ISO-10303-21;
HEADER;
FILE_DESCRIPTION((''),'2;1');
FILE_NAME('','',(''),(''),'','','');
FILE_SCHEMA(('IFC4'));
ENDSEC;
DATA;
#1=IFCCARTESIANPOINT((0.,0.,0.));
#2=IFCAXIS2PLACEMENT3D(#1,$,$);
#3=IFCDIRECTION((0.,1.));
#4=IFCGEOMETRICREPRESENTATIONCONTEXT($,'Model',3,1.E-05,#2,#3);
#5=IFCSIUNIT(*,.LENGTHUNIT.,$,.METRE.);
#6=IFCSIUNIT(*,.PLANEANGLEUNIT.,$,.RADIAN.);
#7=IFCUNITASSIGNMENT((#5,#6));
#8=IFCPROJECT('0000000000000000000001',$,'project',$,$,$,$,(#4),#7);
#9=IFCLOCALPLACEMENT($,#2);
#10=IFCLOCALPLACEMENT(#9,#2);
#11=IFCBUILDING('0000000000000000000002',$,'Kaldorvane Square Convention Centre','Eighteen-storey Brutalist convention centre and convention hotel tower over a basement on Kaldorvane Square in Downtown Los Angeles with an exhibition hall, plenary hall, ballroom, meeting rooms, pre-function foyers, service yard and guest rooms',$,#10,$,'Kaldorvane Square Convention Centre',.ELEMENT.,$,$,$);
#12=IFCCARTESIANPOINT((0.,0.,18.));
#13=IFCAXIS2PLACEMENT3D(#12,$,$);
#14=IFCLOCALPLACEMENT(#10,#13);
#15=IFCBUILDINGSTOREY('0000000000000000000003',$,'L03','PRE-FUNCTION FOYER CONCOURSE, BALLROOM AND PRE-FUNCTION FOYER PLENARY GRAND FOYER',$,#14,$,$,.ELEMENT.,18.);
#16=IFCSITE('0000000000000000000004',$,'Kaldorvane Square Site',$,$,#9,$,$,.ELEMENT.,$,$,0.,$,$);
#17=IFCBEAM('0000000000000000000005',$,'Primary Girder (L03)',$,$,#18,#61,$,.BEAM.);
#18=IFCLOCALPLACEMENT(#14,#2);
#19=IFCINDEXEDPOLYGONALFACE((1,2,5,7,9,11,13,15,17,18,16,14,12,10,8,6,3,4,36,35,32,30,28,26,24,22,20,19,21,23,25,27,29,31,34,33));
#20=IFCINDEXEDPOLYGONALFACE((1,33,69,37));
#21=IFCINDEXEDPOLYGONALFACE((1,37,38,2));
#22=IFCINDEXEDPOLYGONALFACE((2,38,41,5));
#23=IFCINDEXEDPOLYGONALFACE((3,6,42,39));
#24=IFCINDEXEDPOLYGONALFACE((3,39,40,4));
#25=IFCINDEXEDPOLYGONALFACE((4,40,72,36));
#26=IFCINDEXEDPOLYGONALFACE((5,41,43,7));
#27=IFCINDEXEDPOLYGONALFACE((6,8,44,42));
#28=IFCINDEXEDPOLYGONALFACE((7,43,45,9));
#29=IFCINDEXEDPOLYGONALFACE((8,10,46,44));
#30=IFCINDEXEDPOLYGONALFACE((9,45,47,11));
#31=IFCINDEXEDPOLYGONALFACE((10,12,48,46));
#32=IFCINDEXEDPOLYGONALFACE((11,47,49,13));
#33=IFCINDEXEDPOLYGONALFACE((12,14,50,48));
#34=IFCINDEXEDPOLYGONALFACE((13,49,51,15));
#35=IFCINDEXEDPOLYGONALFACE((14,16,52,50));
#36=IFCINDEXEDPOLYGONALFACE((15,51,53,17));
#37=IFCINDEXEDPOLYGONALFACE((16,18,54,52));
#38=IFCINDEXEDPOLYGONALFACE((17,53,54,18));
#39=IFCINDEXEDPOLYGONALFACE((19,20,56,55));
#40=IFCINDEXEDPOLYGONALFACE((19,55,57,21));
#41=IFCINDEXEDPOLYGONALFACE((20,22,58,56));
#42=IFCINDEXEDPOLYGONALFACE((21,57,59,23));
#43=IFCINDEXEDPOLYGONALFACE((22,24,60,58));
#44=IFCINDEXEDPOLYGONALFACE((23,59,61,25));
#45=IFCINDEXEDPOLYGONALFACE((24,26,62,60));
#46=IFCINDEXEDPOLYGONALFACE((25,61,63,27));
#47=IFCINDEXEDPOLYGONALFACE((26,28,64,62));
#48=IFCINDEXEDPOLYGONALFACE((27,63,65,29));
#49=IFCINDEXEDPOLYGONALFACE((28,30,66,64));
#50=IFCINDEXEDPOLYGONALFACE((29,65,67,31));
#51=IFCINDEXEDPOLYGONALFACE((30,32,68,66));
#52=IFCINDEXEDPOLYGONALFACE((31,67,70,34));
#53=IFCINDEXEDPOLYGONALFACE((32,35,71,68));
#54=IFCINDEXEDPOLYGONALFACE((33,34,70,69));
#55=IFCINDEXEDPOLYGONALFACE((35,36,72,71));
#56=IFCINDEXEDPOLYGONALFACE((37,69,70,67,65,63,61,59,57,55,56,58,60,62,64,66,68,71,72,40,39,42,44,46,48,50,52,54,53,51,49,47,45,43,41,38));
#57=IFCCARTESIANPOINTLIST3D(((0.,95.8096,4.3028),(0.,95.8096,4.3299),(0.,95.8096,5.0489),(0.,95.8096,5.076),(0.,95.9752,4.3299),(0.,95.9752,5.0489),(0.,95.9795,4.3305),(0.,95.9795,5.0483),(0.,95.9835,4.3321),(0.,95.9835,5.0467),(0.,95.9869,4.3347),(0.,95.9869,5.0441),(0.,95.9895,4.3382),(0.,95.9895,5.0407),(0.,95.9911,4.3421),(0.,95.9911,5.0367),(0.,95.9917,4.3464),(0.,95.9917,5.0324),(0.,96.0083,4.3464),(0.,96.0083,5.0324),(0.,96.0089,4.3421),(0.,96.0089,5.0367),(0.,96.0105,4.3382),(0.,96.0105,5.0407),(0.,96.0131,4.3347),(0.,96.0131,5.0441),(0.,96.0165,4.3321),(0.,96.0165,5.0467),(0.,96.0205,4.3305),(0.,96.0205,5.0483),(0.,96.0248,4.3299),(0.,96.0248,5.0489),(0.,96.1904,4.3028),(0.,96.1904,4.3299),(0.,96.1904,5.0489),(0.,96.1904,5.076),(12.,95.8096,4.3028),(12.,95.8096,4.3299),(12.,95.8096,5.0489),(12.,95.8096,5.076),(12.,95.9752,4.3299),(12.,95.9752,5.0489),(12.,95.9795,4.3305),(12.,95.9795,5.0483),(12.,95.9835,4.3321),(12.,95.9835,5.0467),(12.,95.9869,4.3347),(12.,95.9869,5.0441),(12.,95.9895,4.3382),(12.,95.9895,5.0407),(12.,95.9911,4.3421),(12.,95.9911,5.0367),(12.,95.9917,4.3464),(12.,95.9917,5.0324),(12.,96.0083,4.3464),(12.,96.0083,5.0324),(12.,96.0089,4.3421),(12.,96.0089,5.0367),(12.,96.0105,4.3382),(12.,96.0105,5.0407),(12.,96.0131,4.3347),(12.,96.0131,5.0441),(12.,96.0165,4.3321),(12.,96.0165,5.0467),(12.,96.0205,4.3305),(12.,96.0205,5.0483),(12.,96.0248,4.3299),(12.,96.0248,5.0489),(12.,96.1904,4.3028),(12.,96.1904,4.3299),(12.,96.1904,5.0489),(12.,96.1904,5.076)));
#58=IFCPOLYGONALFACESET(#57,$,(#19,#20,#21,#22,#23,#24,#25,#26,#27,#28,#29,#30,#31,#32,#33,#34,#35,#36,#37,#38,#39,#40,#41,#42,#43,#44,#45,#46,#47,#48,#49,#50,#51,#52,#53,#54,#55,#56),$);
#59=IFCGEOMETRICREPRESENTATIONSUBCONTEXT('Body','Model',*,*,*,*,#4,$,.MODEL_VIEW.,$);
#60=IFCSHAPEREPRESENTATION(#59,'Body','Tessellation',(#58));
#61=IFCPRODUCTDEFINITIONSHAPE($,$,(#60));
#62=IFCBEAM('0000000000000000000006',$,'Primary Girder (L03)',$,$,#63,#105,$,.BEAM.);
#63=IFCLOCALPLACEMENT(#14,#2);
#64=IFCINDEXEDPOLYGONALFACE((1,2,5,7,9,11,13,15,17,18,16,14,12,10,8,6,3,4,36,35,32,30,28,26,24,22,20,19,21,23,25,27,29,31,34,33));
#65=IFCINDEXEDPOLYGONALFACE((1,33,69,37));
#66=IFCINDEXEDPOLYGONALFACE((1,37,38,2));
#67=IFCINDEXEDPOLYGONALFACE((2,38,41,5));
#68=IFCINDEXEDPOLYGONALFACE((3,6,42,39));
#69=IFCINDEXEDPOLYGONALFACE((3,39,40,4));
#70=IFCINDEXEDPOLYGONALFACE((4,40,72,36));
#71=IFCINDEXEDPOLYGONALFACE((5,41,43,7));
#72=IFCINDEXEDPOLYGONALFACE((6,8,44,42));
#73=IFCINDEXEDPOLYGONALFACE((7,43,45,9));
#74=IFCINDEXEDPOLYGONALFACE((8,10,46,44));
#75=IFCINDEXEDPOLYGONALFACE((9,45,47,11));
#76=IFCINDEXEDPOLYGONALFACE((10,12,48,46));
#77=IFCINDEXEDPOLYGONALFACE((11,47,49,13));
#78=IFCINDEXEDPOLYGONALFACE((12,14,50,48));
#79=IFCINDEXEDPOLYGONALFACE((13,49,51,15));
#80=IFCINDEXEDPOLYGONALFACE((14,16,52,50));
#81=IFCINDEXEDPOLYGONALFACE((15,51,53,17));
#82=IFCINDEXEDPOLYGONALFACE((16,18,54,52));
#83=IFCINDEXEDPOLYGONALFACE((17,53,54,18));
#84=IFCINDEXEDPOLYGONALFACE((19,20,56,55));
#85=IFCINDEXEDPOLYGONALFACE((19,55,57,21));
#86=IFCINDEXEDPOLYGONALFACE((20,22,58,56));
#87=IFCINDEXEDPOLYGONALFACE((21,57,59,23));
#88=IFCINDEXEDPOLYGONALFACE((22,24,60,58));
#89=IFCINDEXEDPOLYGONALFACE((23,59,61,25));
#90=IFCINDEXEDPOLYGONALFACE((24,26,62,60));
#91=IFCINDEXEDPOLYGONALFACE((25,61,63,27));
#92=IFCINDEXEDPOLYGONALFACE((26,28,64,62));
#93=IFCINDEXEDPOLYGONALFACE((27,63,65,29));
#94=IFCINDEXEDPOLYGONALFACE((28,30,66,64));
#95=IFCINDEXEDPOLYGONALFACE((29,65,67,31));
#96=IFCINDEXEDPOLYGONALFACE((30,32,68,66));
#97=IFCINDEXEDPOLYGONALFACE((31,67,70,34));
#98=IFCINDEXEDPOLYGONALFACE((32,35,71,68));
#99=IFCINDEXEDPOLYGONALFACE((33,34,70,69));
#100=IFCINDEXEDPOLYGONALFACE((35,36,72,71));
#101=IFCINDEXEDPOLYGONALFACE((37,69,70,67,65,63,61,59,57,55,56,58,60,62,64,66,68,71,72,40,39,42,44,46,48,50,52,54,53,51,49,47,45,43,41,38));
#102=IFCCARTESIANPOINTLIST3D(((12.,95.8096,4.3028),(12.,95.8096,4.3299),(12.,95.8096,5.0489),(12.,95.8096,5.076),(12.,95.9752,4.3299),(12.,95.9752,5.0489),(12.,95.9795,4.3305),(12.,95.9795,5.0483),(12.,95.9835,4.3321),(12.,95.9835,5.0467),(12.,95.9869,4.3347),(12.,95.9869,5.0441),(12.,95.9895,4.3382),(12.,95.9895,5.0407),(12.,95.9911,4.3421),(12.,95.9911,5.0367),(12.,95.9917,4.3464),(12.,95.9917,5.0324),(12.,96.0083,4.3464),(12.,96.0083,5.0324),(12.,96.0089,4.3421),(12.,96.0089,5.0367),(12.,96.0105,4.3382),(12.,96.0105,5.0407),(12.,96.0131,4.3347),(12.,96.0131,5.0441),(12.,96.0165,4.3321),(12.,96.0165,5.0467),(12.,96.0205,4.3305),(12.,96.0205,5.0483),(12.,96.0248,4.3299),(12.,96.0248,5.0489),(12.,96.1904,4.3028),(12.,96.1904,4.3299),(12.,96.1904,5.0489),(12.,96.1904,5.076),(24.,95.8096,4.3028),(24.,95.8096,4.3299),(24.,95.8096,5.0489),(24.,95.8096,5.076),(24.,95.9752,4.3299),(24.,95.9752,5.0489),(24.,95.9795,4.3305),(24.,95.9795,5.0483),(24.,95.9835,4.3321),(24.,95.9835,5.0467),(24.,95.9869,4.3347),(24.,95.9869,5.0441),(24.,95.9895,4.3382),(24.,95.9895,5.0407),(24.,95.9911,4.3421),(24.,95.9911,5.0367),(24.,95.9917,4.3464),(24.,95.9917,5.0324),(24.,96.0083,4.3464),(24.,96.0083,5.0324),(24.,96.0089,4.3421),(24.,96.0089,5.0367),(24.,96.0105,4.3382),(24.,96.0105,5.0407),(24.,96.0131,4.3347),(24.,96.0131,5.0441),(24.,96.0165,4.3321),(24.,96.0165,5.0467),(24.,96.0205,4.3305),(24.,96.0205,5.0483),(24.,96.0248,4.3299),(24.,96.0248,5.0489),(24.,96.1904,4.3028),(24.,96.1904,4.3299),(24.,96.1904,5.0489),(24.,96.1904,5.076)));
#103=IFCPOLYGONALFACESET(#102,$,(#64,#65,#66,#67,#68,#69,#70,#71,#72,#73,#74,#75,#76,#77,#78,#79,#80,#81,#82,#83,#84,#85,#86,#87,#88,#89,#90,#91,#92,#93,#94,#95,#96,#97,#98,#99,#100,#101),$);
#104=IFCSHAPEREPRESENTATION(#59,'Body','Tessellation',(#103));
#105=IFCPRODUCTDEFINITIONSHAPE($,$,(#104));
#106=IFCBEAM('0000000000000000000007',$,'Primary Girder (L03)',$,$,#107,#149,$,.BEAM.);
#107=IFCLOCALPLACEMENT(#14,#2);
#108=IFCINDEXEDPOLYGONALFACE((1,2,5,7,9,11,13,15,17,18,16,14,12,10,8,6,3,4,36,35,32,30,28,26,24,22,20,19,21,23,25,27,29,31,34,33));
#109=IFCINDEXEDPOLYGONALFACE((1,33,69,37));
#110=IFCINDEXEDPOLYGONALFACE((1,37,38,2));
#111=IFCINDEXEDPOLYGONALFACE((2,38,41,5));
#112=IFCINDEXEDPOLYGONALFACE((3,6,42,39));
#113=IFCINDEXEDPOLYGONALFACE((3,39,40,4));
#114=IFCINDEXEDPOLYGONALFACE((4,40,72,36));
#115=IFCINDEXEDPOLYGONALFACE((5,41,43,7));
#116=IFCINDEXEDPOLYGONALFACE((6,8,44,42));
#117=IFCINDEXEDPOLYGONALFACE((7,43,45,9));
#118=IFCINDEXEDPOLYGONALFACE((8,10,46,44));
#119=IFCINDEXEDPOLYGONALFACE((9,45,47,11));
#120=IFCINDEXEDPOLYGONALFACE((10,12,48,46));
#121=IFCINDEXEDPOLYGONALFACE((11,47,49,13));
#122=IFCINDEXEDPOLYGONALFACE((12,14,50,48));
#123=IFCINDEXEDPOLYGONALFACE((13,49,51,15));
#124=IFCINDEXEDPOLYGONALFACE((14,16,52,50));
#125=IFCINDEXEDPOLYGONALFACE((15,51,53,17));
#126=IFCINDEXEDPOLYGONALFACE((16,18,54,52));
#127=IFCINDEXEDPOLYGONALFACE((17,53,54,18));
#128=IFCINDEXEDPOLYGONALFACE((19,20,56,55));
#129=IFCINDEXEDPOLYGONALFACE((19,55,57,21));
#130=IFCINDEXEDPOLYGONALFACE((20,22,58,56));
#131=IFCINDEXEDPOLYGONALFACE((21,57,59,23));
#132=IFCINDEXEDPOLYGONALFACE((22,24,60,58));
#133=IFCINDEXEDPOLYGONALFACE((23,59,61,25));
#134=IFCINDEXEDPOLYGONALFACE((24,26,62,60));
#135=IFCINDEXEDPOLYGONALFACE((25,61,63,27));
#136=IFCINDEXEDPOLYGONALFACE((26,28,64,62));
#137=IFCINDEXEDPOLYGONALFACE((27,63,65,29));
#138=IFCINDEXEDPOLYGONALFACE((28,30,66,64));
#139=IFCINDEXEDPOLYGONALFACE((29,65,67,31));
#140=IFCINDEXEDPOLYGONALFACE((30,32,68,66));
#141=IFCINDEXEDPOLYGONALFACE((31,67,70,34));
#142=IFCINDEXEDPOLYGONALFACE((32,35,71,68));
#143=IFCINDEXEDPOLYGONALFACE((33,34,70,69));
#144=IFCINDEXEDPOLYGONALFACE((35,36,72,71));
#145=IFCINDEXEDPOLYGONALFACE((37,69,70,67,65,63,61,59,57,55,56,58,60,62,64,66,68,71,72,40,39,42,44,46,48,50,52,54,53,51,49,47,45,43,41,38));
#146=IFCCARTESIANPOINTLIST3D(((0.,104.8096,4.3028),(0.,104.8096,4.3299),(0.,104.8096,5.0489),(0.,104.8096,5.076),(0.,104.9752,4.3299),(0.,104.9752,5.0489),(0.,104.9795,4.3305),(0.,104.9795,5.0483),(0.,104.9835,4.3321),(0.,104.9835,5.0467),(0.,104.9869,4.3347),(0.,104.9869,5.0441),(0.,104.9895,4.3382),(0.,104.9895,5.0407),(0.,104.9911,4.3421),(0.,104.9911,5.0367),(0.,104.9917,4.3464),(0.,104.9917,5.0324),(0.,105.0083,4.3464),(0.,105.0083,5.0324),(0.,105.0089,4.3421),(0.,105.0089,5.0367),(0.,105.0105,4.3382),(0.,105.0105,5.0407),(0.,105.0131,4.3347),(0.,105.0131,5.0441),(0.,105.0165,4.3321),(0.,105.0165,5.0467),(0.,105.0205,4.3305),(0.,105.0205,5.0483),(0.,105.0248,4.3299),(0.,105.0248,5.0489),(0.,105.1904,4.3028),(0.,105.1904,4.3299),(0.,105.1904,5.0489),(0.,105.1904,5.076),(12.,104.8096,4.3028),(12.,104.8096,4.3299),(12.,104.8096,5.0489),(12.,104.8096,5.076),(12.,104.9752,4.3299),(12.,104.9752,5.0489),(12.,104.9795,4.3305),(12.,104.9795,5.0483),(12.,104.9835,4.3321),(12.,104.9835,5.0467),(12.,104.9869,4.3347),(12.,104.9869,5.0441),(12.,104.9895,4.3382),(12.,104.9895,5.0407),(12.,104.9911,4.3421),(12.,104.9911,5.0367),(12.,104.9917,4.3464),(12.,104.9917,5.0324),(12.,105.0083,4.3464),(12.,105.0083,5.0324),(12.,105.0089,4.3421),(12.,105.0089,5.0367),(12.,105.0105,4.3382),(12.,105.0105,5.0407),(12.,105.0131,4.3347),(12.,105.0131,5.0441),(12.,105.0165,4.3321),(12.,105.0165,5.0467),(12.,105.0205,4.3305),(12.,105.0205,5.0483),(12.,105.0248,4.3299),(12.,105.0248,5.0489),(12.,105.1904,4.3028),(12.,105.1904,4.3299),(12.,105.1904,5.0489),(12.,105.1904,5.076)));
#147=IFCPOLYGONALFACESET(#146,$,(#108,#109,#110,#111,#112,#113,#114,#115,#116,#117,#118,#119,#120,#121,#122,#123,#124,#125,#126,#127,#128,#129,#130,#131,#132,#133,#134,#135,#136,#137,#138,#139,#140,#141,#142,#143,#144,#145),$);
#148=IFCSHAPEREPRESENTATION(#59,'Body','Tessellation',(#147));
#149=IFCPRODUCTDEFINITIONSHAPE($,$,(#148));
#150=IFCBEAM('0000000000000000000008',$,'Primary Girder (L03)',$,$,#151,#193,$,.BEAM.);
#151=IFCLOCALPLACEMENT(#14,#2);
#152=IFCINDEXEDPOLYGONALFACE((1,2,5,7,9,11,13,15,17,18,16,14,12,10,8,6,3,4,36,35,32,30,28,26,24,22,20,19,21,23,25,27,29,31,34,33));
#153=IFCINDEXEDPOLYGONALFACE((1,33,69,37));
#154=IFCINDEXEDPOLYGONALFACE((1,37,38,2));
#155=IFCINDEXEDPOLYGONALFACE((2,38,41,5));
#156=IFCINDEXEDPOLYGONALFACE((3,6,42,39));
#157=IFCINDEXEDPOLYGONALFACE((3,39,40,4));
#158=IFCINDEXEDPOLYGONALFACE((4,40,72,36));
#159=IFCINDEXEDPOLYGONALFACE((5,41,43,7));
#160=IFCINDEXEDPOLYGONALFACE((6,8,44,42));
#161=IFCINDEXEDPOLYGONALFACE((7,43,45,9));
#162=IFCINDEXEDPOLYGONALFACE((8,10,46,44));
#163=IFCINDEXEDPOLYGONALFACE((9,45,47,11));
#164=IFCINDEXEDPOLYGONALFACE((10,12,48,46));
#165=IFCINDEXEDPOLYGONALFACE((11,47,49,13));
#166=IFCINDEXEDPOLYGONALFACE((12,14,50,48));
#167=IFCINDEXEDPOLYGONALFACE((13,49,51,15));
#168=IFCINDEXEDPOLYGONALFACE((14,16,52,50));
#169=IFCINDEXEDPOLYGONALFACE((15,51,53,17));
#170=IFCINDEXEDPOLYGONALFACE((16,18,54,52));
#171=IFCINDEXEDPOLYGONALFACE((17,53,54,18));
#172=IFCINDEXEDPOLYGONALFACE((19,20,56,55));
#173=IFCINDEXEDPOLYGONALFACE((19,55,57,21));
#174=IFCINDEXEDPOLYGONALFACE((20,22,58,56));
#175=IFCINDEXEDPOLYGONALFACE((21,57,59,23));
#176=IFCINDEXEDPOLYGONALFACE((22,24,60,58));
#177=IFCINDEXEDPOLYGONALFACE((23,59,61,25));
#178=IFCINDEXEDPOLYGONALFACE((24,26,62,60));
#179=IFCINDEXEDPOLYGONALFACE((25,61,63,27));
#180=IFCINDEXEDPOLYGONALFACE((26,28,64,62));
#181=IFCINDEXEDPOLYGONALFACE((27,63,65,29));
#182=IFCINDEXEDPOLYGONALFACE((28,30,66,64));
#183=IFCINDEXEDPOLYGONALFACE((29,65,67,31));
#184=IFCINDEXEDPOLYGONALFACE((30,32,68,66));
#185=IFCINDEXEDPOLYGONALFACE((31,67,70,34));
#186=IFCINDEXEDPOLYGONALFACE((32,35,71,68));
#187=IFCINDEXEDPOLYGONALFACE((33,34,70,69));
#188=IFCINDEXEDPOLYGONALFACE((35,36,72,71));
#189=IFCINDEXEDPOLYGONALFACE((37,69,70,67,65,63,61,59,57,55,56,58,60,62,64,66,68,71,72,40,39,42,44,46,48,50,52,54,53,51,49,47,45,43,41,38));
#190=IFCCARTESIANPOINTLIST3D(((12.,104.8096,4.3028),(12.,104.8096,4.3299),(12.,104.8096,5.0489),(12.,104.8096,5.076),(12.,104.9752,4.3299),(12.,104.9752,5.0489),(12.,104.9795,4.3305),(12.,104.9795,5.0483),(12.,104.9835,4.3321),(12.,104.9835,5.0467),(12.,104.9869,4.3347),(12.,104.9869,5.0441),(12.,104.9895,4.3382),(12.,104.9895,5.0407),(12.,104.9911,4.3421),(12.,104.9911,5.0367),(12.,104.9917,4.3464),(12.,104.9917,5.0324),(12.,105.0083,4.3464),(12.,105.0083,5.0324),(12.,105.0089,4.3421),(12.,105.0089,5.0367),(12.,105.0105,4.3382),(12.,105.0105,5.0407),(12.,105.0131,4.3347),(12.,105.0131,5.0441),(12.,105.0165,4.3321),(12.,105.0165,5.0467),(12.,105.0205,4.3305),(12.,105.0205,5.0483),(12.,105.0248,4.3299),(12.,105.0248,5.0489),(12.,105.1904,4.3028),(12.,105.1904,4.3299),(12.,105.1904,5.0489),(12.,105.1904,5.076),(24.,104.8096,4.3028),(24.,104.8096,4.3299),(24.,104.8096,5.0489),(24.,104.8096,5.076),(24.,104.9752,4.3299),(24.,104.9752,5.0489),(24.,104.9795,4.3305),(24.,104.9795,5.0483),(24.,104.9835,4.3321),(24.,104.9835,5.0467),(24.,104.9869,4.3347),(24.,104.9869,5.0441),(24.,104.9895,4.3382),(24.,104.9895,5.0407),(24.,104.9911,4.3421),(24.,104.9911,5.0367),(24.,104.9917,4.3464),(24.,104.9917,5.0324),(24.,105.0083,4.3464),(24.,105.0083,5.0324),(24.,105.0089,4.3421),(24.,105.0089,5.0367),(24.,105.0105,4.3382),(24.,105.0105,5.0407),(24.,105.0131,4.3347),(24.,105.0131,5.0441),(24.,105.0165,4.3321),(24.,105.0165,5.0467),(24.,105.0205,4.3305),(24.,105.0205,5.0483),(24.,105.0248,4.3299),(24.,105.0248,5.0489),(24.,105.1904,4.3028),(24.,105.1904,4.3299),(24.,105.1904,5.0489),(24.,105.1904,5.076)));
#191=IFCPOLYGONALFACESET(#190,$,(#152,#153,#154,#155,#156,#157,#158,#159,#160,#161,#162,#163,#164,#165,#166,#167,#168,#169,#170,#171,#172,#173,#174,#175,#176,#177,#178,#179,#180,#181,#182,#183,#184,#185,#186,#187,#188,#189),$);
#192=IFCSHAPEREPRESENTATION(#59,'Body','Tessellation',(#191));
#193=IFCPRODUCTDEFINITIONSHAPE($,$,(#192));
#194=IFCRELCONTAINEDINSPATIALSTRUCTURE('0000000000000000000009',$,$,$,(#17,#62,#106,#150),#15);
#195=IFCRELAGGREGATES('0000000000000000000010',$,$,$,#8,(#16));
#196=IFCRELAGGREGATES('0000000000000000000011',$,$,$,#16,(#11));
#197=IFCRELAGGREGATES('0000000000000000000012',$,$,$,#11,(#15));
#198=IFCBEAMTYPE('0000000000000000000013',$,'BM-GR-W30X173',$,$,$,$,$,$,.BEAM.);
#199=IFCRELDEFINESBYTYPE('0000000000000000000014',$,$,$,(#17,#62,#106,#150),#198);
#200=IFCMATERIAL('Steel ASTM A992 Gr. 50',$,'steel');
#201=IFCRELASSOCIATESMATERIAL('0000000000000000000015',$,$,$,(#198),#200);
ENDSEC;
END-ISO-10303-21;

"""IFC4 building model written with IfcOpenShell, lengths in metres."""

from ifc_helpers import new_model, si_unit, direction, frame, origin, origin_2d, place, context, subcontext, project, spatial, i_section, extrude, material, material_profile, profile_set, type_object, element, save


model = new_model("IFC4")

# Units and contexts
model_context = context("Model", 3, precision=1e-05, world=origin(), true_north=direction((0.0, 1.0)))
body_context = subcontext(model_context, "Body", "Model", "MODEL_VIEW")
ifc_project = project(units=[si_unit("LENGTHUNIT", "METRE"), si_unit("PLANEANGLEUNIT", "RADIAN")], contexts=[model_context])

# Site, building, storey
site_placement = place(None, origin())
site = spatial("IfcSite", under=ifc_project, at=site_placement, Name="Kaldorvane Square Site", CompositionType="ELEMENT", RefElevation=0.0)
building_placement = place(site_placement, origin())
building = spatial("IfcBuilding", under=site, at=building_placement, Name="Kaldorvane Square Convention Centre", Description="Eighteen-storey Brutalist convention centre and convention hotel tower over a basement on Kaldorvane Square in Downtown Los Angeles with an exhibition hall, plenary hall, ballroom, meeting rooms, pre-function foyers, service yard and guest rooms", LongName="Kaldorvane Square Convention Centre", CompositionType="ELEMENT")
storey_placement = place(building_placement, frame((0.0, 0.0, 18.0)))
storey = spatial("IfcBuildingStorey", under=building, at=storey_placement, Name="L03", Description="PRE-FUNCTION FOYER CONCOURSE, BALLROOM AND PRE-FUNCTION FOYER PLENARY GRAND FOYER", CompositionType="ELEMENT", Elevation=18.0)

# Shared definitions
ifc_material_1 = material(Name="Steel ASTM A992 Gr. 50", Category="steel")

# Beams
ifc_material_profile_1 = material_profile(ifc_material_1, i_section(OverallWidth=0.3807, OverallDepth=0.7732, WebThickness=0.0166, FlangeThickness=0.0271, FilletRadius=0.0165, at=origin_2d()), Name="W30X173")
ifc_profile_set_1 = profile_set([ifc_material_profile_1], Name="Steel ASTM A992 Gr. 50")
beam_type_1 = type_object("IfcBeamType", Name="BM-GR-W30X173", PredefinedType="BEAM", material=ifc_profile_set_1)
for number, where, z_axis, x_axis, name in (
    (1, (0.0, 96.0, 4.6894), (1.0, 0.0, 0.0), (0.0, 1.0, 0.0), "Primary Girder (L03)"),
    (2, (12.0, 96.0, 4.6894), (1.0, 0.0, 0.0), (0.0, 1.0, 0.0), "Primary Girder (L03)"),
    (3, (0.0, 105.0, 4.6894), (1.0, 0.0, 0.0), (0.0, 1.0, 0.0), "Primary Girder (L03)"),
    (4, (12.0, 105.0, 4.6894), (1.0, 0.0, 0.0), (0.0, 1.0, 0.0), "Primary Girder (L03)"),
):
    element("IfcBeam", number, at=place(storey_placement, frame(where, z_axis=z_axis, x_axis=x_axis)), inside=storey, type_object=beam_type_1, Name=name, PredefinedType="BEAM", context=body_context, shape_type="SweptSolid", body=[
        extrude(i_section(OverallWidth=0.3807, OverallDepth=0.7732, WebThickness=0.0166, FlangeThickness=0.0271, FilletRadius=0.0165, at=origin_2d()), origin(), (0.0, 0.0, 1.0), 12.0),
    ])

save(model, "model.ifc")
